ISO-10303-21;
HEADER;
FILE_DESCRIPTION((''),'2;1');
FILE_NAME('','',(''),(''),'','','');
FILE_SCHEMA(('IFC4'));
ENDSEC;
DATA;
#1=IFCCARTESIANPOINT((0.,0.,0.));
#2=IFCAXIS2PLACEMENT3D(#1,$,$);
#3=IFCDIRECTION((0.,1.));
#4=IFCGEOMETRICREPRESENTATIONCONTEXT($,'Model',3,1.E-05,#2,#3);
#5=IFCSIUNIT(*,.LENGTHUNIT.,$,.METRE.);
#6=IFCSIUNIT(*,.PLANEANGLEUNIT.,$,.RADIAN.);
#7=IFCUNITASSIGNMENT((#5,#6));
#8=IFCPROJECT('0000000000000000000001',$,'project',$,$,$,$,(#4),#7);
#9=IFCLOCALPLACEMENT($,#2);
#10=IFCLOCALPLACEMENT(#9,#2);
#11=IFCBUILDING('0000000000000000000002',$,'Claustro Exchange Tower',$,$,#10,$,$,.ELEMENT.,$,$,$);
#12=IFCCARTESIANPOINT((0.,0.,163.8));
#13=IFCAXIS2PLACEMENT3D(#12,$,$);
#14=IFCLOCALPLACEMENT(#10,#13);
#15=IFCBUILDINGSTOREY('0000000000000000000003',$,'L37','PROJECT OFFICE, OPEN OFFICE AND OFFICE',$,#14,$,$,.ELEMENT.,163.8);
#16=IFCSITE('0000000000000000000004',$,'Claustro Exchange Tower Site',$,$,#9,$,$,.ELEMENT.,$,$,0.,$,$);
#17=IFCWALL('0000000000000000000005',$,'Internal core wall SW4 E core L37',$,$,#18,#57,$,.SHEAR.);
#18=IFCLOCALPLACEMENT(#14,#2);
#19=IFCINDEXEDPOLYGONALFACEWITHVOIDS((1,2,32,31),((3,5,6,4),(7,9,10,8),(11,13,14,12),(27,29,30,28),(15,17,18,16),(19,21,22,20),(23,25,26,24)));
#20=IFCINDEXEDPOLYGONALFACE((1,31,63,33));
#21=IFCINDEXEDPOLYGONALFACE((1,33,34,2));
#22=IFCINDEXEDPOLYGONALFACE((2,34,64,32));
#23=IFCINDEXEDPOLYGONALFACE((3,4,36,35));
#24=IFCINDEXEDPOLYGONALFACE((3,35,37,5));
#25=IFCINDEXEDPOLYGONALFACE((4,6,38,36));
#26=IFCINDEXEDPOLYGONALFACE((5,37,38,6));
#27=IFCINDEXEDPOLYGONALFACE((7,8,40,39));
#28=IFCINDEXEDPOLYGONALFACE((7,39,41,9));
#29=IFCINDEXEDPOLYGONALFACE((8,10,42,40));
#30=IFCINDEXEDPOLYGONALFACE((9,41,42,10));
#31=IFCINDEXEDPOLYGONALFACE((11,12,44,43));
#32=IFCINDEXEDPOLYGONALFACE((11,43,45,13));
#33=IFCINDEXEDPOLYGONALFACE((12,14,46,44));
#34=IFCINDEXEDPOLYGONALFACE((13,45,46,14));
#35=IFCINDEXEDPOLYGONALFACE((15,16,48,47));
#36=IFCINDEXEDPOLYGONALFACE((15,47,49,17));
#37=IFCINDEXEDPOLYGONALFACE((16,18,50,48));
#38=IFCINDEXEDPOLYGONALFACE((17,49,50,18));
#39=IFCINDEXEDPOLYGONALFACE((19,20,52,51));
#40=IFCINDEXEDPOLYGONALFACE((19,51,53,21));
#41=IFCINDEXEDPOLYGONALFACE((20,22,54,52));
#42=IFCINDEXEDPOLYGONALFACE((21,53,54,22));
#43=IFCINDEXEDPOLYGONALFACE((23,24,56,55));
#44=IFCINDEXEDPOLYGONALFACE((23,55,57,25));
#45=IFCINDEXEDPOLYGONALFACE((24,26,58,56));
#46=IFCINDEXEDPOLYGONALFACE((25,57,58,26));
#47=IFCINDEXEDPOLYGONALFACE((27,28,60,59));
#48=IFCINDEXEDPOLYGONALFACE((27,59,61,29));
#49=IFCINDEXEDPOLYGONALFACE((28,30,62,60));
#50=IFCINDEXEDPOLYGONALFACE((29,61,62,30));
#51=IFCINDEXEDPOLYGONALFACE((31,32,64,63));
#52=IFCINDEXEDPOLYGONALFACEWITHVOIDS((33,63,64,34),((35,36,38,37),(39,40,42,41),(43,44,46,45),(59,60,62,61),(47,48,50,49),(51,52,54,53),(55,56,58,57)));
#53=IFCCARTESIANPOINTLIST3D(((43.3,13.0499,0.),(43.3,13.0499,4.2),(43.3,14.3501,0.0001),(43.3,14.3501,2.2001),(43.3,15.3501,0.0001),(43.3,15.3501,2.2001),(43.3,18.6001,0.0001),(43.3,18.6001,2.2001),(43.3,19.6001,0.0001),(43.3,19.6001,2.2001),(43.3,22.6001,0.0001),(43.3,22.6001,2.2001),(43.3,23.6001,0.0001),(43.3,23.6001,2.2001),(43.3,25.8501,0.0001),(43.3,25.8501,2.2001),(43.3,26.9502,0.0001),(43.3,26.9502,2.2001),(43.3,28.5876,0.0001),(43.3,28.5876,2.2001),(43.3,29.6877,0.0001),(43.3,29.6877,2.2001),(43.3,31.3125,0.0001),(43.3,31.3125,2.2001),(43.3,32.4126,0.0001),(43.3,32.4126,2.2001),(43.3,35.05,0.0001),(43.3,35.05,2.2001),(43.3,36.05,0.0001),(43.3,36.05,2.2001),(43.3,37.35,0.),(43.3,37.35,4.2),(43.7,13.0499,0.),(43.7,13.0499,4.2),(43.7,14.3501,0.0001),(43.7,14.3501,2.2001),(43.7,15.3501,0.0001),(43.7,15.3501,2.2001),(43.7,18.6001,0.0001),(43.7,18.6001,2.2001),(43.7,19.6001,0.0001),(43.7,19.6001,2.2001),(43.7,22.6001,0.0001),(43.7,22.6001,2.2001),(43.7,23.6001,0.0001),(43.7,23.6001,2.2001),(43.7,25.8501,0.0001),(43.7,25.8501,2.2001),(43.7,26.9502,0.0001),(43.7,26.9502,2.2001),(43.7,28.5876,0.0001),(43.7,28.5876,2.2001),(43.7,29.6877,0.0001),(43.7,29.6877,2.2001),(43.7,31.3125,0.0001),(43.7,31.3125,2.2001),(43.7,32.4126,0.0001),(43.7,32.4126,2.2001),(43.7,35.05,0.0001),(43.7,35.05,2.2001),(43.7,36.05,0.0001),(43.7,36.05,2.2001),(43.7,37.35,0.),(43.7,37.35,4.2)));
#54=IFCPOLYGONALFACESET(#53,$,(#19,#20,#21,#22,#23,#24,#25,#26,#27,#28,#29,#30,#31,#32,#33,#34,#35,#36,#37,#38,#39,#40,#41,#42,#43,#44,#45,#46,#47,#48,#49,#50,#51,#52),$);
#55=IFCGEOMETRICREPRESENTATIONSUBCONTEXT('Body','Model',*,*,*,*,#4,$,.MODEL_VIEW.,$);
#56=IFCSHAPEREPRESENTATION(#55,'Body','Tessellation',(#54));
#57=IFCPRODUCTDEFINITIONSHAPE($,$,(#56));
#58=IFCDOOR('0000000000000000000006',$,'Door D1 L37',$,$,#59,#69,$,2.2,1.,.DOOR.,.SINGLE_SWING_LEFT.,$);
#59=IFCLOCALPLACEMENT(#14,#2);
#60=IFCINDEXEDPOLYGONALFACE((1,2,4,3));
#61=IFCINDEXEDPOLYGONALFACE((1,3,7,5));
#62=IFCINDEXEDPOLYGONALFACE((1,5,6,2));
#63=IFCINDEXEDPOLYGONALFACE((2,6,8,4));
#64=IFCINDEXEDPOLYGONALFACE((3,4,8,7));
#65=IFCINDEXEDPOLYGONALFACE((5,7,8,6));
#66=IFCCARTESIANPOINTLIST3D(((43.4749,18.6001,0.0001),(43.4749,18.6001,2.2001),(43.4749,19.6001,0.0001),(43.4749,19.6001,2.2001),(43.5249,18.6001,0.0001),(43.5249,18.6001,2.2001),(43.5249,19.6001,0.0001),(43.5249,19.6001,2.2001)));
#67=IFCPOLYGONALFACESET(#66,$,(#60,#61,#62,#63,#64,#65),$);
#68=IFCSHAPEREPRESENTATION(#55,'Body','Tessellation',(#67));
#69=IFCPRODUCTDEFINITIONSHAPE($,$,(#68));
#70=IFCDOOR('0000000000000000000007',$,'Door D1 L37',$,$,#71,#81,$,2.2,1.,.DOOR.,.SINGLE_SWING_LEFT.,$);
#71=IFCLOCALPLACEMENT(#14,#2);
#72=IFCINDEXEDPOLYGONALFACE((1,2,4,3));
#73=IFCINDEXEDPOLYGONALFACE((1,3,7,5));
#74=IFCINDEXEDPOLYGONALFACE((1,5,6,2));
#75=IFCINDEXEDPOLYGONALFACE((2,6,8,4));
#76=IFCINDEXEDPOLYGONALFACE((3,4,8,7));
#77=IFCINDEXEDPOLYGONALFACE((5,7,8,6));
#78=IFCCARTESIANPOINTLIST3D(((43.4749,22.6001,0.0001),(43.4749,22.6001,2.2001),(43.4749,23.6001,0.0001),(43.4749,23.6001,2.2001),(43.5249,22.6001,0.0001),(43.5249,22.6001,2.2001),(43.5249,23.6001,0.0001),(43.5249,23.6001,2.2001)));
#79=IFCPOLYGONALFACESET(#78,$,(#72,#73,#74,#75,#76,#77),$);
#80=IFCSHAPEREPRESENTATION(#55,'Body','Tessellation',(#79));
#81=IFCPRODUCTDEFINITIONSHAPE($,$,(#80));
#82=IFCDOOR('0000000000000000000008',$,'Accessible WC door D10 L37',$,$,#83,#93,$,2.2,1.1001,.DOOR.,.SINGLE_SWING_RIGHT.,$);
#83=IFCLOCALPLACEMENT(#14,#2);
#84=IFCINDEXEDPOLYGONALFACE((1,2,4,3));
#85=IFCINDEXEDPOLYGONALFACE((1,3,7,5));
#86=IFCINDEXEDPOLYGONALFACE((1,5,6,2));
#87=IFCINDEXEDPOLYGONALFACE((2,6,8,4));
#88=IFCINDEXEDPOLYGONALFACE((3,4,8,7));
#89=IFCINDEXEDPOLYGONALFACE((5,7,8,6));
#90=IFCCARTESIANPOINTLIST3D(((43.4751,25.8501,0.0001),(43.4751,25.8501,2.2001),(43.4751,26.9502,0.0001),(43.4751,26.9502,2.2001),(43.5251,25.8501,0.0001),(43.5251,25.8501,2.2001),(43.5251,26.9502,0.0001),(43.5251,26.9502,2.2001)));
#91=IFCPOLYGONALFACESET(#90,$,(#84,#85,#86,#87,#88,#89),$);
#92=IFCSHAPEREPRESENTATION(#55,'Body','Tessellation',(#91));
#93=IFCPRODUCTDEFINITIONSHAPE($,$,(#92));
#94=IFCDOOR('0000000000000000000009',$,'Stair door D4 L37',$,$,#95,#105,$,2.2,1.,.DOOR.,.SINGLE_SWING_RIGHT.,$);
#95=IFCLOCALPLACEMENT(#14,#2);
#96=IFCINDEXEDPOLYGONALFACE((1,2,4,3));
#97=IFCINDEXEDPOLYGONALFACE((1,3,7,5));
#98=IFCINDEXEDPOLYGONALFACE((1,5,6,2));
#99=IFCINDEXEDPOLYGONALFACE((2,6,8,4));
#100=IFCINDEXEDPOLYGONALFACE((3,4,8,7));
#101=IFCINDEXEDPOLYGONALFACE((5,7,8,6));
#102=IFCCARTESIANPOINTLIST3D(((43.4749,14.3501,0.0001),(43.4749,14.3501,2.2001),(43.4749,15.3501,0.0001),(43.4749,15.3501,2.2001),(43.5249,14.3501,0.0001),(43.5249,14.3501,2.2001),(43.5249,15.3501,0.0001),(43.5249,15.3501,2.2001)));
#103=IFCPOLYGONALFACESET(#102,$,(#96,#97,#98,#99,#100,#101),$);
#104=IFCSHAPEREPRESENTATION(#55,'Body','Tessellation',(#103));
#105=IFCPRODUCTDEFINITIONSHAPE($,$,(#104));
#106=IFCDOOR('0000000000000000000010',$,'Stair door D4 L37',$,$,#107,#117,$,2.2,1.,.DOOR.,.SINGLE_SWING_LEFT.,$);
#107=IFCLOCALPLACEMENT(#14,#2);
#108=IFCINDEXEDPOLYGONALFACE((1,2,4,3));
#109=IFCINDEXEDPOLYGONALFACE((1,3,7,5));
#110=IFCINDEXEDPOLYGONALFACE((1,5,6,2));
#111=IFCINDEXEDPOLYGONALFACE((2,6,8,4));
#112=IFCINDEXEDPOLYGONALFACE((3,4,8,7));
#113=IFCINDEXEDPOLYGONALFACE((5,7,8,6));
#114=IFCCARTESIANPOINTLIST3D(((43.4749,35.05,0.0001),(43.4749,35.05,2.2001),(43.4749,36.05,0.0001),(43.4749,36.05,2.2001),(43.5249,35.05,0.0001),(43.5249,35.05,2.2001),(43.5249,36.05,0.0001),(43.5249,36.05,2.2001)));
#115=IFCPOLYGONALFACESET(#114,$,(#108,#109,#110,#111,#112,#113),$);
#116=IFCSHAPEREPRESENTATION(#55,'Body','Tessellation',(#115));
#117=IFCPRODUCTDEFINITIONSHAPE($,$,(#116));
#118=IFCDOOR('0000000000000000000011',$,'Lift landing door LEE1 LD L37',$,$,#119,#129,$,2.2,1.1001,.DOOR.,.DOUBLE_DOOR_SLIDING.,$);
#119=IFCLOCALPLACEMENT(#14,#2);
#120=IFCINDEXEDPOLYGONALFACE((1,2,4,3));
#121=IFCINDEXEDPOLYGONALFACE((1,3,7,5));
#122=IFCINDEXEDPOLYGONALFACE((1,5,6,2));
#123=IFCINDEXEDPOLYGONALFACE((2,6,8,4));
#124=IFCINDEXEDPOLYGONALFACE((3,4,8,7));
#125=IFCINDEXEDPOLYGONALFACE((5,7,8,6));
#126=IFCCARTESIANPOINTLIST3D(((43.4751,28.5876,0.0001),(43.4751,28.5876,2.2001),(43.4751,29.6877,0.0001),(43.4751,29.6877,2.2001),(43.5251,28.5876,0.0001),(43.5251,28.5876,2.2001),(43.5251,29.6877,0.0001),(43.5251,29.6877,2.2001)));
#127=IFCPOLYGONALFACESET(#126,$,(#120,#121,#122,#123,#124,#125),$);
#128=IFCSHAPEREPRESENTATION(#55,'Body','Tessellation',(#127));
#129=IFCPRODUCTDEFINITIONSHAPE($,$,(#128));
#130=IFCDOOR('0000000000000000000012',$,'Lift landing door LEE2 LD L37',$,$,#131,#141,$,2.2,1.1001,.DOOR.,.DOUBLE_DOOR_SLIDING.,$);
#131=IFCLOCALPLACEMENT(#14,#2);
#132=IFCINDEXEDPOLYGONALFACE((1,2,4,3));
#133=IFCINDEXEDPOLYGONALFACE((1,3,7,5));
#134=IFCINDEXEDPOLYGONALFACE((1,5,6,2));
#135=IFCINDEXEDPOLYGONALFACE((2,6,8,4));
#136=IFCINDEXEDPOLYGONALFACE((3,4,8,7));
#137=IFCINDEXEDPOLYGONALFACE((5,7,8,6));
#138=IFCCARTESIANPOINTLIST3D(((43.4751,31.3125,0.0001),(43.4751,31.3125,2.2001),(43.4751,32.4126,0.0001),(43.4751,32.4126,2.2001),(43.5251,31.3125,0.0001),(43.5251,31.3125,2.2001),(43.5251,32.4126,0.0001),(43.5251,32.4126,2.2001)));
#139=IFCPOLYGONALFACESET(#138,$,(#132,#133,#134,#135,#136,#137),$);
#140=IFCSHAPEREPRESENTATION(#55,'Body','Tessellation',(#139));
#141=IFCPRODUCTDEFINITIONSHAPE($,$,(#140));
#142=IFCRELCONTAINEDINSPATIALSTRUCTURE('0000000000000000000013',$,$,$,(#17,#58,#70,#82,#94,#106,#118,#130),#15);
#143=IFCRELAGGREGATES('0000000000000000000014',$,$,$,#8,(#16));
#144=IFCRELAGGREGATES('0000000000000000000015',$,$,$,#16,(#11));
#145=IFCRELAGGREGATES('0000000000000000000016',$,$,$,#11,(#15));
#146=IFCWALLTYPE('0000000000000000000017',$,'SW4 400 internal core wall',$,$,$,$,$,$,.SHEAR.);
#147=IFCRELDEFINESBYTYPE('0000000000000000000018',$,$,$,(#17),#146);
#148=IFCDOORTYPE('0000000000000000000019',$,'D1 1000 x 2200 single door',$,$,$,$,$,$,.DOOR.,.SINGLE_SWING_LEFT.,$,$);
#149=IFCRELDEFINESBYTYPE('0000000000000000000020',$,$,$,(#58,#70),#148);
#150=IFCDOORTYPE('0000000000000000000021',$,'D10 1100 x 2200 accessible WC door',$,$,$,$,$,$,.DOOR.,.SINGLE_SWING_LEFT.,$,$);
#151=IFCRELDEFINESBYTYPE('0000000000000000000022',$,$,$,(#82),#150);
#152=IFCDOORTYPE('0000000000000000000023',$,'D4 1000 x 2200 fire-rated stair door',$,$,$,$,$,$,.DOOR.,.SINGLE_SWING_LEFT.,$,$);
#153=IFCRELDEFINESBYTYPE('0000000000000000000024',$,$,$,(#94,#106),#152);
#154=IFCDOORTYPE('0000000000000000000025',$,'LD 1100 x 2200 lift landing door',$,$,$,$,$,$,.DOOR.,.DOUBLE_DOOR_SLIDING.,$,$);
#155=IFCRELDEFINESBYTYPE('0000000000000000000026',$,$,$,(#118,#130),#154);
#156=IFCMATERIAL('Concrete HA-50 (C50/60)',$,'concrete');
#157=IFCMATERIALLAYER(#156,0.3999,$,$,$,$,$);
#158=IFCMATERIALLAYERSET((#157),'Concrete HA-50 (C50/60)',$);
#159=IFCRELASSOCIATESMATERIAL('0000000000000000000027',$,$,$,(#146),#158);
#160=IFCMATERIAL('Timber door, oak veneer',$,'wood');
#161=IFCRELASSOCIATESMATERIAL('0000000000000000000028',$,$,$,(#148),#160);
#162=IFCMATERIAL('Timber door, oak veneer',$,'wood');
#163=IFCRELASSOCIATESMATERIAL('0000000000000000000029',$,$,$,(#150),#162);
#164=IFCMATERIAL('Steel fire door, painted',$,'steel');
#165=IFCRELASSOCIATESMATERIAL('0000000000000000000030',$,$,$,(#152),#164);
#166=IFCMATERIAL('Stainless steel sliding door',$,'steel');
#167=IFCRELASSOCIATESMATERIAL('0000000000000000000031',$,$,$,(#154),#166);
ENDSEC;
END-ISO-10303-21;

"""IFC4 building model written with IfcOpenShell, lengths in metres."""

from ifc_helpers import new_model, si_unit, direction, frame, frame_2d, origin, place, context, subcontext, project, spatial, rectangle, extrude, material, layer, layer_set, type_object, element, fill, save


model = new_model("IFC4")

# Units and contexts
model_context = context("Model", 3, precision=1e-05, world=origin(), true_north=direction((0.0, 1.0)))
body_context = subcontext(model_context, "Body", "Model", "MODEL_VIEW")
ifc_project = project(units=[si_unit("LENGTHUNIT", "METRE"), si_unit("PLANEANGLEUNIT", "RADIAN")], contexts=[model_context])

# Site, building, storey
site_placement = place(None, origin())
site = spatial("IfcSite", under=ifc_project, at=site_placement, Name="Claustro Exchange Tower Site", CompositionType="ELEMENT", RefElevation=0.0)
building_placement = place(site_placement, origin())
building = spatial("IfcBuilding", under=site, at=building_placement, Name="Claustro Exchange Tower", CompositionType="ELEMENT")
storey_placement = place(building_placement, frame((0.0, 0.0, 163.8)))
storey = spatial("IfcBuildingStorey", under=building, at=storey_placement, Name="L37", Description="PROJECT OFFICE, OPEN OFFICE AND OFFICE", CompositionType="ELEMENT", Elevation=163.8)

# Wall, openings, doors
ifc_material_1 = material(Name="Concrete HA-50 (C50/60)", Category="concrete")
ifc_layer_1 = layer(ifc_material_1, 0.3999)
ifc_layer_set_1 = layer_set([ifc_layer_1], Name="Concrete HA-50 (C50/60)")
wall_type_1 = type_object("IfcWallType", Name="SW4 400 internal core wall", PredefinedType="SHEAR", material=ifc_layer_set_1)
wall_1_placement = place(storey_placement, frame((43.5, 13.05, 0.0), z_axis=(0.0, 0.0, 1.0), x_axis=(0.0, 1.0, 0.0)))
wall_1 = element("IfcWall", 1, at=wall_1_placement, inside=storey, type_object=wall_type_1, Name="Internal core wall SW4 E core L37", PredefinedType="SHEAR", context=body_context, shape_type="SweptSolid", body=[
    extrude(rectangle(XDim=24.3, YDim=0.3999, at=frame_2d((12.1499, 0.0))), origin(), (0.0, 0.0, 1.0), 4.2),
])
opening_1_placement = place(wall_1_placement, frame((1.3, 0.0, 0.0)))
opening_1 = element("IfcOpeningElement", 2, at=opening_1_placement, cuts=wall_1, PredefinedType="OPENING", context=body_context, shape_type="SweptSolid", body=[
    extrude(rectangle(XDim=1.0, YDim=2.2, at=frame_2d((0.5, 1.1001))), frame((0.0, 0.21, 0.0), z_axis=(0.0, -1.0, 0.0), x_axis=(1.0, 0.0, 0.0)), (0.0, 0.0, 1.0), 0.4199),
])
opening_2_placement = place(wall_1_placement, frame((22.0, 0.0, 0.0)))
opening_2 = element("IfcOpeningElement", 3, at=opening_2_placement, cuts=wall_1, PredefinedType="OPENING", context=body_context, shape_type="SweptSolid", body=[
    extrude(rectangle(XDim=1.0, YDim=2.2, at=frame_2d((0.5, 1.1001))), frame((0.0, 0.21, 0.0), z_axis=(0.0, -1.0, 0.0), x_axis=(1.0, 0.0, 0.0)), (0.0, 0.0, 1.0), 0.4199),
])
opening_3_placement = place(wall_1_placement, frame((5.55, 0.0, 0.0)))
opening_3 = element("IfcOpeningElement", 4, at=opening_3_placement, cuts=wall_1, PredefinedType="OPENING", context=body_context, shape_type="SweptSolid", body=[
    extrude(rectangle(XDim=1.0, YDim=2.2, at=frame_2d((0.5, 1.1001))), frame((0.0, 0.21, 0.0), z_axis=(0.0, -1.0, 0.0), x_axis=(1.0, 0.0, 0.0)), (0.0, 0.0, 1.0), 0.4199),
])
opening_4_placement = place(wall_1_placement, frame((9.55, 0.0, 0.0)))
opening_4 = element("IfcOpeningElement", 5, at=opening_4_placement, cuts=wall_1, PredefinedType="OPENING", context=body_context, shape_type="SweptSolid", body=[
    extrude(rectangle(XDim=1.0, YDim=2.2, at=frame_2d((0.5, 1.1001))), frame((0.0, 0.21, 0.0), z_axis=(0.0, -1.0, 0.0), x_axis=(1.0, 0.0, 0.0)), (0.0, 0.0, 1.0), 0.4199),
])
opening_5_placement = place(wall_1_placement, frame((12.8, 0.0, 0.0)))
opening_5 = element("IfcOpeningElement", 6, at=opening_5_placement, cuts=wall_1, PredefinedType="OPENING", context=body_context, shape_type="SweptSolid", body=[
    extrude(rectangle(XDim=1.1001, YDim=2.2, at=frame_2d((0.55, 1.1001))), frame((0.0, 0.21, 0.0), z_axis=(0.0, -1.0, 0.0), x_axis=(1.0, 0.0, 0.0)), (0.0, 0.0, 1.0), 0.4199),
])
opening_6_placement = place(wall_1_placement, frame((15.5376, 0.0, 0.0)))
opening_6 = element("IfcOpeningElement", 7, at=opening_6_placement, cuts=wall_1, PredefinedType="OPENING", context=body_context, shape_type="SweptSolid", body=[
    extrude(rectangle(XDim=1.1001, YDim=2.2, at=frame_2d((0.55, 1.1001))), frame((0.0, 0.21, 0.0), z_axis=(0.0, -1.0, 0.0), x_axis=(1.0, 0.0, 0.0)), (0.0, 0.0, 1.0), 0.4199),
])
opening_7_placement = place(wall_1_placement, frame((18.2625, 0.0, 0.0)))
opening_7 = element("IfcOpeningElement", 8, at=opening_7_placement, cuts=wall_1, PredefinedType="OPENING", context=body_context, shape_type="SweptSolid", body=[
    extrude(rectangle(XDim=1.1001, YDim=2.2, at=frame_2d((0.55, 1.1001))), frame((0.0, 0.21, 0.0), z_axis=(0.0, -1.0, 0.0), x_axis=(1.0, 0.0, 0.0)), (0.0, 0.0, 1.0), 0.4199),
])
ifc_material_2 = material(Name="Timber door, oak veneer", Category="wood")
door_type_1 = type_object("IfcDoorType", Name="D1 1000 x 2200 single door", OperationType="SINGLE_SWING_LEFT", PredefinedType="DOOR", material=ifc_material_2)
door_1_placement = place(opening_3_placement, frame((1.0, 0.0, 0.0), z_axis=(0.0, 0.0, 1.0), x_axis=(-1.0, 0.0, 0.0)))
door_1 = element("IfcDoor", 9, at=door_1_placement, inside=storey, type_object=door_type_1, Name="Door D1 L37", OperationType="SINGLE_SWING_LEFT", OverallHeight=2.2, OverallWidth=1.0, PredefinedType="DOOR", context=body_context, shape_type="SweptSolid", body=[
    extrude(rectangle(XDim=1.0, YDim=2.2, at=frame_2d((0.5, 1.1001))), frame((0.0, 0.0249, 0.0), z_axis=(0.0, -1.0, 0.0), x_axis=(1.0, 0.0, 0.0)), (0.0, 0.0, 1.0), 0.05),
])
fill(opening_3, door_1)
door_2_placement = place(opening_4_placement, frame((1.0, 0.0, 0.0), z_axis=(0.0, 0.0, 1.0), x_axis=(-1.0, 0.0, 0.0)))
door_2 = element("IfcDoor", 10, at=door_2_placement, inside=storey, type_object=door_type_1, Name="Door D1 L37", OperationType="SINGLE_SWING_LEFT", OverallHeight=2.2, OverallWidth=1.0, PredefinedType="DOOR", context=body_context, shape_type="SweptSolid", body=[
    extrude(rectangle(XDim=1.0, YDim=2.2, at=frame_2d((0.5, 1.1001))), frame((0.0, 0.0249, 0.0), z_axis=(0.0, -1.0, 0.0), x_axis=(1.0, 0.0, 0.0)), (0.0, 0.0, 1.0), 0.05),
])
fill(opening_4, door_2)
ifc_material_3 = material(Name="Timber door, oak veneer", Category="wood")
door_type_2 = type_object("IfcDoorType", Name="D10 1100 x 2200 accessible WC door", OperationType="SINGLE_SWING_LEFT", PredefinedType="DOOR", material=ifc_material_3)
door_3_placement = place(opening_5_placement, origin())
door_3 = element("IfcDoor", 11, at=door_3_placement, inside=storey, type_object=door_type_2, Name="Accessible WC door D10 L37", OperationType="SINGLE_SWING_RIGHT", OverallHeight=2.2, OverallWidth=1.1001, PredefinedType="DOOR", context=body_context, shape_type="SweptSolid", body=[
    extrude(rectangle(XDim=1.1001, YDim=2.2, at=frame_2d((0.55, 1.1001))), frame((0.0, 0.0249, 0.0), z_axis=(0.0, -1.0, 0.0), x_axis=(1.0, 0.0, 0.0)), (0.0, 0.0, 1.0), 0.05),
])
fill(opening_5, door_3)
ifc_material_4 = material(Name="Steel fire door, painted", Category="steel")
door_type_3 = type_object("IfcDoorType", Name="D4 1000 x 2200 fire-rated stair door", OperationType="SINGLE_SWING_LEFT", PredefinedType="DOOR", material=ifc_material_4)
door_4_placement = place(opening_1_placement, frame((1.0, 0.0, 0.0), z_axis=(0.0, 0.0, 1.0), x_axis=(-1.0, 0.0, 0.0)))
door_4 = element("IfcDoor", 12, at=door_4_placement, inside=storey, type_object=door_type_3, Name="Stair door D4 L37", OperationType="SINGLE_SWING_RIGHT", OverallHeight=2.2, OverallWidth=1.0, PredefinedType="DOOR", context=body_context, shape_type="SweptSolid", body=[
    extrude(rectangle(XDim=1.0, YDim=2.2, at=frame_2d((0.5, 1.1001))), frame((0.0, 0.0249, 0.0), z_axis=(0.0, -1.0, 0.0), x_axis=(1.0, 0.0, 0.0)), (0.0, 0.0, 1.0), 0.05),
])
fill(opening_1, door_4)
door_5_placement = place(opening_2_placement, frame((1.0, 0.0, 0.0), z_axis=(0.0, 0.0, 1.0), x_axis=(-1.0, 0.0, 0.0)))
door_5 = element("IfcDoor", 13, at=door_5_placement, inside=storey, type_object=door_type_3, Name="Stair door D4 L37", OperationType="SINGLE_SWING_LEFT", OverallHeight=2.2, OverallWidth=1.0, PredefinedType="DOOR", context=body_context, shape_type="SweptSolid", body=[
    extrude(rectangle(XDim=1.0, YDim=2.2, at=frame_2d((0.5, 1.1001))), frame((0.0, 0.0249, 0.0), z_axis=(0.0, -1.0, 0.0), x_axis=(1.0, 0.0, 0.0)), (0.0, 0.0, 1.0), 0.05),
])
fill(opening_2, door_5)
ifc_material_5 = material(Name="Stainless steel sliding door", Category="steel")
door_type_4 = type_object("IfcDoorType", Name="LD 1100 x 2200 lift landing door", OperationType="DOUBLE_DOOR_SLIDING", PredefinedType="DOOR", material=ifc_material_5)
door_6_placement = place(opening_6_placement, origin())
door_6 = element("IfcDoor", 14, at=door_6_placement, inside=storey, type_object=door_type_4, Name="Lift landing door LEE1 LD L37", OperationType="DOUBLE_DOOR_SLIDING", OverallHeight=2.2, OverallWidth=1.1001, PredefinedType="DOOR", context=body_context, shape_type="SweptSolid", body=[
    extrude(rectangle(XDim=1.1001, YDim=2.2, at=frame_2d((0.55, 1.1001))), frame((0.0, 0.0249, 0.0), z_axis=(0.0, -1.0, 0.0), x_axis=(1.0, 0.0, 0.0)), (0.0, 0.0, 1.0), 0.05),
])
fill(opening_6, door_6)
door_7_placement = place(opening_7_placement, origin())
door_7 = element("IfcDoor", 15, at=door_7_placement, inside=storey, type_object=door_type_4, Name="Lift landing door LEE2 LD L37", OperationType="DOUBLE_DOOR_SLIDING", OverallHeight=2.2, OverallWidth=1.1001, PredefinedType="DOOR", context=body_context, shape_type="SweptSolid", body=[
    extrude(rectangle(XDim=1.1001, YDim=2.2, at=frame_2d((0.55, 1.1001))), frame((0.0, 0.0249, 0.0), z_axis=(0.0, -1.0, 0.0), x_axis=(1.0, 0.0, 0.0)), (0.0, 0.0, 1.0), 0.05),
])
fill(opening_7, door_7)

save(model, "model.ifc")
